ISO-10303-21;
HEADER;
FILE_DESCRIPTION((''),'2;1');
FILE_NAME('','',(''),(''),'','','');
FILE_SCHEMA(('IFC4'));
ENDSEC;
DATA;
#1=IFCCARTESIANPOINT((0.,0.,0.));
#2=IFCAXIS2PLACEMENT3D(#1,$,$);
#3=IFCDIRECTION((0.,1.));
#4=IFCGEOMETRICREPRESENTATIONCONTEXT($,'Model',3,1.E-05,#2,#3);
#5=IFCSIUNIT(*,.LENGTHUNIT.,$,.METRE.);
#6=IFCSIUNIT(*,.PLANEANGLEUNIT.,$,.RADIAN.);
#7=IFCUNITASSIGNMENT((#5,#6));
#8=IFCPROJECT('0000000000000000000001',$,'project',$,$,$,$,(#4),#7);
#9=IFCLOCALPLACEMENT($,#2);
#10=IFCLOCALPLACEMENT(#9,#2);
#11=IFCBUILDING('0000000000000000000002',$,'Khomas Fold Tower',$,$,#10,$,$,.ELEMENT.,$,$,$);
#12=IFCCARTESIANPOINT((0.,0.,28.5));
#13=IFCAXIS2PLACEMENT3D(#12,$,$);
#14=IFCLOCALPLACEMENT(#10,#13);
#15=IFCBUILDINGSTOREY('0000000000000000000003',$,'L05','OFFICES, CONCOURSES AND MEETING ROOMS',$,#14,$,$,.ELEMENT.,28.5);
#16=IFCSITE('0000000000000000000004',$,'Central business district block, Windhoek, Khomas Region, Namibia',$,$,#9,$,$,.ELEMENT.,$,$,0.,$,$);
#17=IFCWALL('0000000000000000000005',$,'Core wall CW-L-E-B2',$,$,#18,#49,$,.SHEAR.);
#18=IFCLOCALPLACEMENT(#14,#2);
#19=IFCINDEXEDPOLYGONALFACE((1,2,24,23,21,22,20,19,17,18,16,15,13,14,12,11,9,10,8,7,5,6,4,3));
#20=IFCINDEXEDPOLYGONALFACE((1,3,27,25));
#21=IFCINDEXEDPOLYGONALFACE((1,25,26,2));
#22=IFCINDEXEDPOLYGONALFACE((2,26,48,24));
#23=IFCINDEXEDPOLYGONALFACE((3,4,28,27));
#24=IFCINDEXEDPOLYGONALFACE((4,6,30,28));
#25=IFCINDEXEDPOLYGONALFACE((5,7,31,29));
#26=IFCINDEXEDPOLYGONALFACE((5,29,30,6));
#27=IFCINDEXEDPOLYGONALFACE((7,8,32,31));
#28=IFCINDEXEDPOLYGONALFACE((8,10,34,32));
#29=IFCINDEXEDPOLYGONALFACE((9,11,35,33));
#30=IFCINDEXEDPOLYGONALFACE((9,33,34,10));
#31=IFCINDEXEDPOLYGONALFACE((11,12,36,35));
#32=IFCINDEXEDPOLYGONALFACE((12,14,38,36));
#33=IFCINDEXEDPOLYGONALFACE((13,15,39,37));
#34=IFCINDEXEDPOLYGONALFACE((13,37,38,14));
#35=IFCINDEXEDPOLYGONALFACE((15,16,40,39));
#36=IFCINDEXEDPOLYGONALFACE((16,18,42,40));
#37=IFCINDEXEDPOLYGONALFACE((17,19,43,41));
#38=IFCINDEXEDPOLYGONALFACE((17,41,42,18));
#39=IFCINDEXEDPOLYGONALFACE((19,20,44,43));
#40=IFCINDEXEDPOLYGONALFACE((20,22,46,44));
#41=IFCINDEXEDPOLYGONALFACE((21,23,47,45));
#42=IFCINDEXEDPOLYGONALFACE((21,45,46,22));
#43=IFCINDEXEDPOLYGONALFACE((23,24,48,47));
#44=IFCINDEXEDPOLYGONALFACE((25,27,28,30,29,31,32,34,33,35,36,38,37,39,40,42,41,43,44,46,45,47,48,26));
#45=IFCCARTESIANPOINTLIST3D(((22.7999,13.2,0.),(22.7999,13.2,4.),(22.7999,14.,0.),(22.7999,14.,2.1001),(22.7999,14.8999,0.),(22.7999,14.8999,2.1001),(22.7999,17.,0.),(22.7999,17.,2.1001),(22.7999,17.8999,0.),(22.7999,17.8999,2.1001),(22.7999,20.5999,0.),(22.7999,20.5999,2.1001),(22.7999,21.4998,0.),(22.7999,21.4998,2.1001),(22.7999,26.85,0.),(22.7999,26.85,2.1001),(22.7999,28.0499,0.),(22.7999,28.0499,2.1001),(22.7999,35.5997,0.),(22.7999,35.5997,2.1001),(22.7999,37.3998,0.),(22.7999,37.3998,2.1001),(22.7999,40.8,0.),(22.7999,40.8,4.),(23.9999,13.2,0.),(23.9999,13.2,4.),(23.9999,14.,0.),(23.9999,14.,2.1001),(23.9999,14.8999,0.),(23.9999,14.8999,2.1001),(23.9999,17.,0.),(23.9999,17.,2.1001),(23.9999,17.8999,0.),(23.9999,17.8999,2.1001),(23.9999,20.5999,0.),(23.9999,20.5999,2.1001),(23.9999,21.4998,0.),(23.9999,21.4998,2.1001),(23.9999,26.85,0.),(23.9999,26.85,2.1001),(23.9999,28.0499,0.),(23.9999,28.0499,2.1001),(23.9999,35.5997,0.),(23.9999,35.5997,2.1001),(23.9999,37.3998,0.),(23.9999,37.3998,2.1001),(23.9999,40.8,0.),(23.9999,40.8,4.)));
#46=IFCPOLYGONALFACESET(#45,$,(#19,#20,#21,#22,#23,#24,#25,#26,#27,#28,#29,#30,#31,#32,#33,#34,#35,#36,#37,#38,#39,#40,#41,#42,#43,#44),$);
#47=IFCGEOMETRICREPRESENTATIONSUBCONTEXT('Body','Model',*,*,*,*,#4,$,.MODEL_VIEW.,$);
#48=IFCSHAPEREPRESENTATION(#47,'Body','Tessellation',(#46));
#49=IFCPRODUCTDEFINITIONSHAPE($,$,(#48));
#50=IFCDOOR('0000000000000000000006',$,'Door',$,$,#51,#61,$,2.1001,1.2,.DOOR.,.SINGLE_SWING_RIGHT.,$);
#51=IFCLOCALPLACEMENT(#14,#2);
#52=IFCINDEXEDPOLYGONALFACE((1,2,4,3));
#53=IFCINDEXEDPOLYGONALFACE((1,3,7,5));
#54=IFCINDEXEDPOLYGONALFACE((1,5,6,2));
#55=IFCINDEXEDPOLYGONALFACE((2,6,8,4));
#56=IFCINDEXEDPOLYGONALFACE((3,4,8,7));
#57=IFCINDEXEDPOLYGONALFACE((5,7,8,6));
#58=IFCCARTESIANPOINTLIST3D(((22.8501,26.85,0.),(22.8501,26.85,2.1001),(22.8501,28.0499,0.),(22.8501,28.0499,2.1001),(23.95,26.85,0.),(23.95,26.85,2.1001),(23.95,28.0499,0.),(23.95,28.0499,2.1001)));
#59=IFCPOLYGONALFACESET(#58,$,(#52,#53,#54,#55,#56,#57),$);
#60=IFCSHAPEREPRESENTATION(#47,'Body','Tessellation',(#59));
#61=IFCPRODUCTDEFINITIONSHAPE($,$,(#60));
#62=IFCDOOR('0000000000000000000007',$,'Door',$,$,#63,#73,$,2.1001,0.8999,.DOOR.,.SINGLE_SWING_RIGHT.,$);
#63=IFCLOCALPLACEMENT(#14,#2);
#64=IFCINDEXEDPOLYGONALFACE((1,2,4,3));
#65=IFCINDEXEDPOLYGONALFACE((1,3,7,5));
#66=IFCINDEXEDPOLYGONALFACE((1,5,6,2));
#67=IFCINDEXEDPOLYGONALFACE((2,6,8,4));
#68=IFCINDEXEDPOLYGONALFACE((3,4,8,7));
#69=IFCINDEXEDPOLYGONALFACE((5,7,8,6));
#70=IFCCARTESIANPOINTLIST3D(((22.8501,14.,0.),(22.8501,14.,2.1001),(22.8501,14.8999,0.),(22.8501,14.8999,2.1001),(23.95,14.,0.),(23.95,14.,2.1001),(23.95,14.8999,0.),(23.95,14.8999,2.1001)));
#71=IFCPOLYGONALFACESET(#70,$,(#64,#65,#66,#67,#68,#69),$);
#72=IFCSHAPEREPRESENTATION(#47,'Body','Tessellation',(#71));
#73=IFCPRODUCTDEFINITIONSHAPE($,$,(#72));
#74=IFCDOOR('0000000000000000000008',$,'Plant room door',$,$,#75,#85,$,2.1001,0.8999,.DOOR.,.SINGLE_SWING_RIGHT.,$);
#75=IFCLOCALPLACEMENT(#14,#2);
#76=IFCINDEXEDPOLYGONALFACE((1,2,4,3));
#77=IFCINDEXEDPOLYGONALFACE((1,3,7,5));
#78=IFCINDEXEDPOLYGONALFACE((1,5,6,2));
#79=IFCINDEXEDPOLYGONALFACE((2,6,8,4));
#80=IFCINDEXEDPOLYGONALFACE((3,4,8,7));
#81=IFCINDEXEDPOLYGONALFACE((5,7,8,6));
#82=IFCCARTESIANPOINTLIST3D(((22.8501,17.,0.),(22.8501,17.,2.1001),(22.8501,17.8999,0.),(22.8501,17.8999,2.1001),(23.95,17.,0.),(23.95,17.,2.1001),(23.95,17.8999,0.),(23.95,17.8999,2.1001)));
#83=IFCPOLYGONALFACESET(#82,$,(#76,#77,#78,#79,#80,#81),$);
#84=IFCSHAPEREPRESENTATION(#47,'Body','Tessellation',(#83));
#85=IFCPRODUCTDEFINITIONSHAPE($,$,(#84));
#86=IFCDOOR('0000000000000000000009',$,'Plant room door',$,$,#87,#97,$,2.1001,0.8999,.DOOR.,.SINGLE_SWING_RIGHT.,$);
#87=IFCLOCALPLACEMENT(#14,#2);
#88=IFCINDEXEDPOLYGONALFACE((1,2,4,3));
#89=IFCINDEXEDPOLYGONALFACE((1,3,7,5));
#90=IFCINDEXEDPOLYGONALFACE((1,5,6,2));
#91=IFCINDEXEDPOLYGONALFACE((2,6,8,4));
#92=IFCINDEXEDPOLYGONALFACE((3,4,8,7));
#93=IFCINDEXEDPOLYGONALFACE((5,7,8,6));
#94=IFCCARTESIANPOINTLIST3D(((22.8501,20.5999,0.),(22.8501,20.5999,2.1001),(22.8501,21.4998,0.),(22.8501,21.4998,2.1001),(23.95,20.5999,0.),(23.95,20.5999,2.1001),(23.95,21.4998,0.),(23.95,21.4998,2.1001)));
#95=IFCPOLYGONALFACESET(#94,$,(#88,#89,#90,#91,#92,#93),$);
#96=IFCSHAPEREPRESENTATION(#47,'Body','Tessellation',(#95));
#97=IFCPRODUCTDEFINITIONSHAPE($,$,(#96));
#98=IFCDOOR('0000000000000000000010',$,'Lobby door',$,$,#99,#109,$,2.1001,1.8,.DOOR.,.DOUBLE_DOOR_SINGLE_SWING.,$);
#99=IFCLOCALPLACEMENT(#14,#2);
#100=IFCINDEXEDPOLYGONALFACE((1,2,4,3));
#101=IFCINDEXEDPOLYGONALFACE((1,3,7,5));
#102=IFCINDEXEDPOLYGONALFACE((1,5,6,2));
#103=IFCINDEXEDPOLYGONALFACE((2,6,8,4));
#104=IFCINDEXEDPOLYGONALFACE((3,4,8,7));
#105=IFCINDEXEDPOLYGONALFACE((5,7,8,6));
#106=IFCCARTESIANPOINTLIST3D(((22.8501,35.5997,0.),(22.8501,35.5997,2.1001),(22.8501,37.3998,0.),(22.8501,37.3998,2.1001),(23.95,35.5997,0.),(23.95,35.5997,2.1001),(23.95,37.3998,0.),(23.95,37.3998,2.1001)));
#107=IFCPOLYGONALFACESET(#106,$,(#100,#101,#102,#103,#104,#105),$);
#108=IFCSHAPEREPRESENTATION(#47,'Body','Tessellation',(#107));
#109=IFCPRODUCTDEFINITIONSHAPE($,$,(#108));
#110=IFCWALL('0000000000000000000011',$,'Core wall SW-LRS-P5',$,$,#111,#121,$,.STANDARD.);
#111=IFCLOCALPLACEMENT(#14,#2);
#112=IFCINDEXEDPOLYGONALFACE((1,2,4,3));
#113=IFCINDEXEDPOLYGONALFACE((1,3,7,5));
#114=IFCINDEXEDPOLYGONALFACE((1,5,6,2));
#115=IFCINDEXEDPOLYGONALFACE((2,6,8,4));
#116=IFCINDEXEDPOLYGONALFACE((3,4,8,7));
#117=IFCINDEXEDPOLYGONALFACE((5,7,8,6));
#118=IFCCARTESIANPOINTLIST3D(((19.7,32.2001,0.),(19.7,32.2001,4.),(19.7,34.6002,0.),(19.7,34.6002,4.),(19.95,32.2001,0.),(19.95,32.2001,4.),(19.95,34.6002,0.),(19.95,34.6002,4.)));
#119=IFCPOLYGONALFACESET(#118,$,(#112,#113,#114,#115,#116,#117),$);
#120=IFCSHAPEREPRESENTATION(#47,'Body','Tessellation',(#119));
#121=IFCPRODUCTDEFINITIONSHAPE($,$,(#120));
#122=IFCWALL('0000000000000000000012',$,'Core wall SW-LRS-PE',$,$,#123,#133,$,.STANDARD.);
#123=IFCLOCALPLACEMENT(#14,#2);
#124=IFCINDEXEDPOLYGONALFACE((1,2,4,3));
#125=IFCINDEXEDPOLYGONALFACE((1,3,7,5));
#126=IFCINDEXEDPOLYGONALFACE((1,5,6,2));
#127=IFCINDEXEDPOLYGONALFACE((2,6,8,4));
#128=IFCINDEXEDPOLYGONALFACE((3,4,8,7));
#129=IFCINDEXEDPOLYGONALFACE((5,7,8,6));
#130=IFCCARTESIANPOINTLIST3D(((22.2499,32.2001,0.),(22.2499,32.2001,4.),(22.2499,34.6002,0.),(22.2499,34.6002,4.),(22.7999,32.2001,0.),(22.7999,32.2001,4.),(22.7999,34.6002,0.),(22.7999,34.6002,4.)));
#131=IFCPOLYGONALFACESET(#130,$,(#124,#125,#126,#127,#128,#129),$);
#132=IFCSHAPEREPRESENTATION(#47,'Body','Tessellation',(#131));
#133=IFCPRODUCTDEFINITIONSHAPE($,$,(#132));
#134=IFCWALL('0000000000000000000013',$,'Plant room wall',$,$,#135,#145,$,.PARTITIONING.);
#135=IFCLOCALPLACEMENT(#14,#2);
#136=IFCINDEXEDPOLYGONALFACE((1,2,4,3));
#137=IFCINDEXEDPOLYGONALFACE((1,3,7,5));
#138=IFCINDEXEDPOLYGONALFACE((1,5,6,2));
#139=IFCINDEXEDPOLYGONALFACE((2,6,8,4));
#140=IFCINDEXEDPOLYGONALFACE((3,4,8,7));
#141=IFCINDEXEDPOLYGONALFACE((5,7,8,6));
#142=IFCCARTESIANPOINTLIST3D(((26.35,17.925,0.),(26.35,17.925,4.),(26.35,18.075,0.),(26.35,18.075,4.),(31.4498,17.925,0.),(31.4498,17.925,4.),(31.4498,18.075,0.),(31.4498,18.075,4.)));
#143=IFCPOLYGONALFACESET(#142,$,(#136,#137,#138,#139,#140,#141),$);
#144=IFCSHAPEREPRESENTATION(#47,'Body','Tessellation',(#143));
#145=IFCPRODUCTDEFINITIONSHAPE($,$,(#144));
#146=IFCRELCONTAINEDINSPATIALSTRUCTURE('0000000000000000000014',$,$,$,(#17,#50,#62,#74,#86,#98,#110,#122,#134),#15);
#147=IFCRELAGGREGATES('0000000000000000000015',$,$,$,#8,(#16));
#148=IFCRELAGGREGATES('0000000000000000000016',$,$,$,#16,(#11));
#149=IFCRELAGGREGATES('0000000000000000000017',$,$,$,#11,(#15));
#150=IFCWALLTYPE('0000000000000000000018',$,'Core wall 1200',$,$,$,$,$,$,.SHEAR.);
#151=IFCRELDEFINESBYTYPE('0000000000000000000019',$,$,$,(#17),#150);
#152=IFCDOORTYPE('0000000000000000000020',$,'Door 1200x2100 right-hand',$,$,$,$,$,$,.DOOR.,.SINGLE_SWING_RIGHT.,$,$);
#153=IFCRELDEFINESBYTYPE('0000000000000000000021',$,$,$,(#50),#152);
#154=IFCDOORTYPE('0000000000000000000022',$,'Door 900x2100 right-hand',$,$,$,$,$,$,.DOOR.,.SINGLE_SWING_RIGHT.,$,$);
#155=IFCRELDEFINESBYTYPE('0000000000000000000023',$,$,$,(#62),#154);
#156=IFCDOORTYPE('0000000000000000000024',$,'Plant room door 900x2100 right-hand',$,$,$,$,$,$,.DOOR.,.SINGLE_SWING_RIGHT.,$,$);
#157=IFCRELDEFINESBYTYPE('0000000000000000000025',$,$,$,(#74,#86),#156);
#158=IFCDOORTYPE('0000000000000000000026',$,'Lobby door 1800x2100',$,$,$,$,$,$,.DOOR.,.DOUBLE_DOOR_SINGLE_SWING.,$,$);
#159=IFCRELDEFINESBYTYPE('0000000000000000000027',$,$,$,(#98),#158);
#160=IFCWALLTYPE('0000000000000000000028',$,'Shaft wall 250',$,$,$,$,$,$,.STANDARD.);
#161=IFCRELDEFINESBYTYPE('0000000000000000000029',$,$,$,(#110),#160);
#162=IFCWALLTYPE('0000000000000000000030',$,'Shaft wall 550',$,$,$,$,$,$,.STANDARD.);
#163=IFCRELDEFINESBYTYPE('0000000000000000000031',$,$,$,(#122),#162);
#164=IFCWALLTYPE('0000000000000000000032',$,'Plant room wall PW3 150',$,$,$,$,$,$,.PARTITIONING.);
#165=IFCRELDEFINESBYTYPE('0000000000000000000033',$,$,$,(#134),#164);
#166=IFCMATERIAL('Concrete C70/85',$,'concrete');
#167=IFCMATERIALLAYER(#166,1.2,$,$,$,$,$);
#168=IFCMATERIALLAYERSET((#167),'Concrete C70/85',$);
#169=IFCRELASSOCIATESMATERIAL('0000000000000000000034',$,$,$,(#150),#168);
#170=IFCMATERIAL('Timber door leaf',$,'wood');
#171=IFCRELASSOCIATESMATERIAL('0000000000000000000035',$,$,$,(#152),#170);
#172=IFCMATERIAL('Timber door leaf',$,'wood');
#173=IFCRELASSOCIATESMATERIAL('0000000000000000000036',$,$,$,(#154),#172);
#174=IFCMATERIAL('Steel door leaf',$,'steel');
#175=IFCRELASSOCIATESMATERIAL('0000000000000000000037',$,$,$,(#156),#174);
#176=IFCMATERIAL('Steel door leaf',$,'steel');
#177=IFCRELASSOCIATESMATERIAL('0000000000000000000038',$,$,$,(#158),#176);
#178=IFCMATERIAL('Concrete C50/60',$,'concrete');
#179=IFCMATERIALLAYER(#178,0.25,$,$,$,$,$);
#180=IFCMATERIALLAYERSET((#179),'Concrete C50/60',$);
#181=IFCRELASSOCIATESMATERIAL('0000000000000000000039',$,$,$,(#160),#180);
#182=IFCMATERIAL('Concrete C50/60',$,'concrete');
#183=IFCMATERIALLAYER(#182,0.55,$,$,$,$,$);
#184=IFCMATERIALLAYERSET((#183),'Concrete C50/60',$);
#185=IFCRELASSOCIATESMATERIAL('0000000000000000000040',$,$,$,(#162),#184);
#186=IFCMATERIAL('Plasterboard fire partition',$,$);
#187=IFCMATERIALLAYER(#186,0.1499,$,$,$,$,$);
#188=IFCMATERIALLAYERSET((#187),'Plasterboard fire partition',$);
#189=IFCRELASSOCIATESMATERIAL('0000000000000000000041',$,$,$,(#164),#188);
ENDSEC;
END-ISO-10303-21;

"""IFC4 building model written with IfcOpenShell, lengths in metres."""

from ifc_helpers import new_model, si_unit, direction, frame, frame_2d, origin, place, context, subcontext, project, spatial, rectangle, extrude, source, transform, mapped, material, layer, layer_set, type_object, element, fill, save


model = new_model("IFC4")

# Units and contexts
model_context = context("Model", 3, precision=1e-05, world=origin(), true_north=direction((0.0, 1.0)))
body_context = subcontext(model_context, "Body", "Model", "MODEL_VIEW")
ifc_project = project(units=[si_unit("LENGTHUNIT", "METRE"), si_unit("PLANEANGLEUNIT", "RADIAN")], contexts=[model_context])

# Site, building, storey
site_placement = place(None, origin())
site = spatial("IfcSite", under=ifc_project, at=site_placement, Name="Central business district block, Windhoek, Khomas Region, Namibia", CompositionType="ELEMENT", RefElevation=0.0)
building_placement = place(site_placement, origin())
building = spatial("IfcBuilding", under=site, at=building_placement, Name="Khomas Fold Tower", CompositionType="ELEMENT")
storey_placement = place(building_placement, frame((0.0, 0.0, 28.5)))
storey = spatial("IfcBuildingStorey", under=building, at=storey_placement, Name="L05", Description="OFFICES, CONCOURSES AND MEETING ROOMS", CompositionType="ELEMENT", Elevation=28.5)

# Shared definitions
ifc_material_1 = material(Name="Concrete C70/85", Category="concrete")
ifc_layer_1 = layer(ifc_material_1, 1.2)
ifc_layer_set_1 = layer_set([ifc_layer_1], Name="Concrete C70/85")
wall_type_1 = type_object("IfcWallType", Name="Core wall 1200", PredefinedType="SHEAR", material=ifc_layer_set_1)

# Wall, openings, doors
shared_shape_1 = source(origin(), body_context, "Body", "SweptSolid", [
    extrude(rectangle(XDim=27.6001, YDim=1.2, at=frame_2d((13.8, 0.0))), origin(), (0.0, 0.0, 1.0), 4.0),
])
wall_1_placement = place(storey_placement, frame((23.3999, 13.2, 0.0), z_axis=(0.0, 0.0, 1.0), x_axis=(0.0, 1.0, 0.0)))
wall_1 = element("IfcWall", 1, at=wall_1_placement, inside=storey, type_object=wall_type_1, Name="Core wall CW-L-E-B2", PredefinedType="SHEAR", context=body_context, shape_type="MappedRepresentation", body=[
    mapped(shared_shape_1, transform((0.0, 0.0, 0.0))),
])
shared_shape_2 = source(origin(), body_context, "Body", "SweptSolid", [
    extrude(rectangle(XDim=1.8, YDim=2.1001, at=frame_2d((0.8999, 1.05))), frame((0.0, 0.6099, 0.0), z_axis=(0.0, -1.0, 0.0), x_axis=(1.0, 0.0, 0.0)), (0.0, 0.0, 1.0), 1.22),
])
opening_1_placement = place(wall_1_placement, frame((22.3999, 0.0, 0.0)))
opening_1 = element("IfcOpeningElement", 2, at=opening_1_placement, cuts=wall_1, PredefinedType="OPENING", context=body_context, shape_type="MappedRepresentation", body=[
    mapped(shared_shape_2, transform((0.0, 0.0, 0.0))),
])
shared_shape_3 = source(origin(), body_context, "Body", "SweptSolid", [
    extrude(rectangle(XDim=1.2, YDim=2.1001, at=frame_2d((0.6001, 1.05))), frame((0.0, 0.6099, 0.0), z_axis=(0.0, -1.0, 0.0), x_axis=(1.0, 0.0, 0.0)), (0.0, 0.0, 1.0), 1.22),
])
opening_2_placement = place(wall_1_placement, frame((13.6499, 0.0, 0.0)))
opening_2 = element("IfcOpeningElement", 3, at=opening_2_placement, cuts=wall_1, PredefinedType="OPENING", context=body_context, shape_type="MappedRepresentation", body=[
    mapped(shared_shape_3, transform((0.0, 0.0, 0.0))),
])
shared_shape_4 = source(origin(), body_context, "Body", "SweptSolid", [
    extrude(rectangle(XDim=0.8999, YDim=2.1001, at=frame_2d((0.45, 1.05))), frame((0.0, 0.6099, 0.0), z_axis=(0.0, -1.0, 0.0), x_axis=(1.0, 0.0, 0.0)), (0.0, 0.0, 1.0), 1.22),
])
opening_3_placement = place(wall_1_placement, frame((0.8, 0.0, 0.0)))
opening_3 = element("IfcOpeningElement", 4, at=opening_3_placement, cuts=wall_1, PredefinedType="OPENING", context=body_context, shape_type="MappedRepresentation", body=[
    mapped(shared_shape_4, transform((0.0, 0.0, 0.0))),
])
opening_4_placement = place(wall_1_placement, frame((3.8, 0.0, 0.0)))
opening_4 = element("IfcOpeningElement", 5, at=opening_4_placement, cuts=wall_1, PredefinedType="OPENING", context=body_context, shape_type="MappedRepresentation", body=[
    mapped(shared_shape_4, transform((0.0, 0.0, 0.0))),
])
opening_5_placement = place(wall_1_placement, frame((7.3999, 0.0, 0.0)))
opening_5 = element("IfcOpeningElement", 6, at=opening_5_placement, cuts=wall_1, PredefinedType="OPENING", context=body_context, shape_type="MappedRepresentation", body=[
    mapped(shared_shape_4, transform((0.0, 0.0, 0.0))),
])
ifc_material_2 = material(Name="Timber door leaf", Category="wood")
door_type_1 = type_object("IfcDoorType", Name="Door 1200x2100 right-hand", OperationType="SINGLE_SWING_RIGHT", PredefinedType="DOOR", material=ifc_material_2)
shared_shape_5 = source(origin(), body_context, "Body", "SweptSolid", [
    extrude(rectangle(XDim=1.2, YDim=2.1001, at=frame_2d((0.6001, 1.05))), frame((0.0, 0.5498, 0.0), z_axis=(0.0, -1.0, 0.0), x_axis=(1.0, 0.0, 0.0)), (0.0, 0.0, 1.0), 1.0999),
])
door_1_placement = place(opening_2_placement, origin())
door_1 = element("IfcDoor", 7, at=door_1_placement, inside=storey, type_object=door_type_1, Name="Door", OperationType="SINGLE_SWING_RIGHT", OverallHeight=2.1001, OverallWidth=1.2, PredefinedType="DOOR", context=body_context, shape_type="MappedRepresentation", body=[
    mapped(shared_shape_5, transform((0.0, 0.0, 0.0))),
])
fill(opening_2, door_1)
ifc_material_3 = material(Name="Timber door leaf", Category="wood")
door_type_2 = type_object("IfcDoorType", Name="Door 900x2100 right-hand", OperationType="SINGLE_SWING_RIGHT", PredefinedType="DOOR", material=ifc_material_3)
shared_shape_6 = source(origin(), body_context, "Body", "SweptSolid", [
    extrude(rectangle(XDim=0.8999, YDim=2.1001, at=frame_2d((0.45, 1.05))), frame((0.0, 0.5498, 0.0), z_axis=(0.0, -1.0, 0.0), x_axis=(1.0, 0.0, 0.0)), (0.0, 0.0, 1.0), 1.0999),
])
door_2_placement = place(opening_3_placement, origin())
door_2 = element("IfcDoor", 8, at=door_2_placement, inside=storey, type_object=door_type_2, Name="Door", OperationType="SINGLE_SWING_RIGHT", OverallHeight=2.1001, OverallWidth=0.8999, PredefinedType="DOOR", context=body_context, shape_type="MappedRepresentation", body=[
    mapped(shared_shape_6, transform((0.0, 0.0, 0.0))),
])
fill(opening_3, door_2)
ifc_material_4 = material(Name="Steel door leaf", Category="steel")
door_type_3 = type_object("IfcDoorType", Name="Plant room door 900x2100 right-hand", OperationType="SINGLE_SWING_RIGHT", PredefinedType="DOOR", material=ifc_material_4)
door_3_placement = place(opening_4_placement, origin())
door_3 = element("IfcDoor", 9, at=door_3_placement, inside=storey, type_object=door_type_3, Name="Plant room door", OperationType="SINGLE_SWING_RIGHT", OverallHeight=2.1001, OverallWidth=0.8999, PredefinedType="DOOR", context=body_context, shape_type="MappedRepresentation", body=[
    mapped(shared_shape_6, transform((0.0, 0.0, 0.0))),
])
fill(opening_4, door_3)
door_4_placement = place(opening_5_placement, origin())
door_4 = element("IfcDoor", 10, at=door_4_placement, inside=storey, type_object=door_type_3, Name="Plant room door", OperationType="SINGLE_SWING_RIGHT", OverallHeight=2.1001, OverallWidth=0.8999, PredefinedType="DOOR", context=body_context, shape_type="MappedRepresentation", body=[
    mapped(shared_shape_6, transform((0.0, 0.0, 0.0))),
])
fill(opening_5, door_4)
ifc_material_5 = material(Name="Steel door leaf", Category="steel")
door_type_4 = type_object("IfcDoorType", Name="Lobby door 1800x2100", OperationType="DOUBLE_DOOR_SINGLE_SWING", PredefinedType="DOOR", material=ifc_material_5)
shared_shape_7 = source(origin(), body_context, "Body", "SweptSolid", [
    extrude(rectangle(XDim=1.8, YDim=2.1001, at=frame_2d((0.8999, 1.05))), frame((0.0, 0.5498, 0.0), z_axis=(0.0, -1.0, 0.0), x_axis=(1.0, 0.0, 0.0)), (0.0, 0.0, 1.0), 1.0999),
])
door_5_placement = place(opening_1_placement, origin())
door_5 = element("IfcDoor", 11, at=door_5_placement, inside=storey, type_object=door_type_4, Name="Lobby door", OperationType="DOUBLE_DOOR_SINGLE_SWING", OverallHeight=2.1001, OverallWidth=1.8, PredefinedType="DOOR", context=body_context, shape_type="MappedRepresentation", body=[
    mapped(shared_shape_7, transform((0.0, 0.0, 0.0))),
])
fill(opening_1, door_5)

# Walls
ifc_material_6 = material(Name="Concrete C50/60", Category="concrete")
ifc_layer_2 = layer(ifc_material_6, 0.25)
ifc_layer_set_2 = layer_set([ifc_layer_2], Name="Concrete C50/60")
wall_type_2 = type_object("IfcWallType", Name="Shaft wall 250", PredefinedType="STANDARD", material=ifc_layer_set_2)
shared_shape_8 = source(origin(), body_context, "Body", "SweptSolid", [
    extrude(rectangle(XDim=2.4001, YDim=0.25, at=frame_2d((1.2002, 0.0))), origin(), (0.0, 0.0, 1.0), 4.0),
])
wall_2_placement = place(storey_placement, frame((19.825, 32.2, 0.0), z_axis=(0.0, 0.0, 1.0), x_axis=(0.0, 1.0, 0.0)))
element("IfcWall", 12, at=wall_2_placement, inside=storey, type_object=wall_type_2, Name="Core wall SW-LRS-P5", PredefinedType="STANDARD", context=body_context, shape_type="MappedRepresentation", body=[
    mapped(shared_shape_8, transform((0.0, 0.0, 0.0))),
])
ifc_material_7 = material(Name="Concrete C50/60", Category="concrete")
ifc_layer_3 = layer(ifc_material_7, 0.55)
ifc_layer_set_3 = layer_set([ifc_layer_3], Name="Concrete C50/60")
wall_type_3 = type_object("IfcWallType", Name="Shaft wall 550", PredefinedType="STANDARD", material=ifc_layer_set_3)
shared_shape_9 = source(origin(), body_context, "Body", "SweptSolid", [
    extrude(rectangle(XDim=2.4001, YDim=0.55, at=frame_2d((1.2002, 0.0))), origin(), (0.0, 0.0, 1.0), 4.0),
])
wall_3_placement = place(storey_placement, frame((22.5249, 32.2, 0.0), z_axis=(0.0, 0.0, 1.0), x_axis=(0.0, 1.0, 0.0)))
element("IfcWall", 13, at=wall_3_placement, inside=storey, type_object=wall_type_3, Name="Core wall SW-LRS-PE", PredefinedType="STANDARD", context=body_context, shape_type="MappedRepresentation", body=[
    mapped(shared_shape_9, transform((0.0, 0.0, 0.0))),
])
ifc_material_8 = material(Name="Plasterboard fire partition")
ifc_layer_4 = layer(ifc_material_8, 0.1499)
ifc_layer_set_4 = layer_set([ifc_layer_4], Name="Plasterboard fire partition")
wall_type_4 = type_object("IfcWallType", Name="Plant room wall PW3 150", PredefinedType="PARTITIONING", material=ifc_layer_set_4)
shared_shape_10 = source(origin(), body_context, "Body", "SweptSolid", [
    extrude(rectangle(XDim=5.0999, YDim=0.1499, at=frame_2d((2.5498, 0.0))), origin(), (0.0, 0.0, 1.0), 4.0),
])
wall_4_placement = place(storey_placement, frame((26.3501, 18.0, 0.0), z_axis=(0.0, 0.0, 1.0), x_axis=(1.0, 0.0, 0.0)))
element("IfcWall", 14, at=wall_4_placement, inside=storey, type_object=wall_type_4, Name="Plant room wall", PredefinedType="PARTITIONING", context=body_context, shape_type="MappedRepresentation", body=[
    mapped(shared_shape_10, transform((0.0, 0.0, 0.0))),
])

save(model, "model.ifc")
